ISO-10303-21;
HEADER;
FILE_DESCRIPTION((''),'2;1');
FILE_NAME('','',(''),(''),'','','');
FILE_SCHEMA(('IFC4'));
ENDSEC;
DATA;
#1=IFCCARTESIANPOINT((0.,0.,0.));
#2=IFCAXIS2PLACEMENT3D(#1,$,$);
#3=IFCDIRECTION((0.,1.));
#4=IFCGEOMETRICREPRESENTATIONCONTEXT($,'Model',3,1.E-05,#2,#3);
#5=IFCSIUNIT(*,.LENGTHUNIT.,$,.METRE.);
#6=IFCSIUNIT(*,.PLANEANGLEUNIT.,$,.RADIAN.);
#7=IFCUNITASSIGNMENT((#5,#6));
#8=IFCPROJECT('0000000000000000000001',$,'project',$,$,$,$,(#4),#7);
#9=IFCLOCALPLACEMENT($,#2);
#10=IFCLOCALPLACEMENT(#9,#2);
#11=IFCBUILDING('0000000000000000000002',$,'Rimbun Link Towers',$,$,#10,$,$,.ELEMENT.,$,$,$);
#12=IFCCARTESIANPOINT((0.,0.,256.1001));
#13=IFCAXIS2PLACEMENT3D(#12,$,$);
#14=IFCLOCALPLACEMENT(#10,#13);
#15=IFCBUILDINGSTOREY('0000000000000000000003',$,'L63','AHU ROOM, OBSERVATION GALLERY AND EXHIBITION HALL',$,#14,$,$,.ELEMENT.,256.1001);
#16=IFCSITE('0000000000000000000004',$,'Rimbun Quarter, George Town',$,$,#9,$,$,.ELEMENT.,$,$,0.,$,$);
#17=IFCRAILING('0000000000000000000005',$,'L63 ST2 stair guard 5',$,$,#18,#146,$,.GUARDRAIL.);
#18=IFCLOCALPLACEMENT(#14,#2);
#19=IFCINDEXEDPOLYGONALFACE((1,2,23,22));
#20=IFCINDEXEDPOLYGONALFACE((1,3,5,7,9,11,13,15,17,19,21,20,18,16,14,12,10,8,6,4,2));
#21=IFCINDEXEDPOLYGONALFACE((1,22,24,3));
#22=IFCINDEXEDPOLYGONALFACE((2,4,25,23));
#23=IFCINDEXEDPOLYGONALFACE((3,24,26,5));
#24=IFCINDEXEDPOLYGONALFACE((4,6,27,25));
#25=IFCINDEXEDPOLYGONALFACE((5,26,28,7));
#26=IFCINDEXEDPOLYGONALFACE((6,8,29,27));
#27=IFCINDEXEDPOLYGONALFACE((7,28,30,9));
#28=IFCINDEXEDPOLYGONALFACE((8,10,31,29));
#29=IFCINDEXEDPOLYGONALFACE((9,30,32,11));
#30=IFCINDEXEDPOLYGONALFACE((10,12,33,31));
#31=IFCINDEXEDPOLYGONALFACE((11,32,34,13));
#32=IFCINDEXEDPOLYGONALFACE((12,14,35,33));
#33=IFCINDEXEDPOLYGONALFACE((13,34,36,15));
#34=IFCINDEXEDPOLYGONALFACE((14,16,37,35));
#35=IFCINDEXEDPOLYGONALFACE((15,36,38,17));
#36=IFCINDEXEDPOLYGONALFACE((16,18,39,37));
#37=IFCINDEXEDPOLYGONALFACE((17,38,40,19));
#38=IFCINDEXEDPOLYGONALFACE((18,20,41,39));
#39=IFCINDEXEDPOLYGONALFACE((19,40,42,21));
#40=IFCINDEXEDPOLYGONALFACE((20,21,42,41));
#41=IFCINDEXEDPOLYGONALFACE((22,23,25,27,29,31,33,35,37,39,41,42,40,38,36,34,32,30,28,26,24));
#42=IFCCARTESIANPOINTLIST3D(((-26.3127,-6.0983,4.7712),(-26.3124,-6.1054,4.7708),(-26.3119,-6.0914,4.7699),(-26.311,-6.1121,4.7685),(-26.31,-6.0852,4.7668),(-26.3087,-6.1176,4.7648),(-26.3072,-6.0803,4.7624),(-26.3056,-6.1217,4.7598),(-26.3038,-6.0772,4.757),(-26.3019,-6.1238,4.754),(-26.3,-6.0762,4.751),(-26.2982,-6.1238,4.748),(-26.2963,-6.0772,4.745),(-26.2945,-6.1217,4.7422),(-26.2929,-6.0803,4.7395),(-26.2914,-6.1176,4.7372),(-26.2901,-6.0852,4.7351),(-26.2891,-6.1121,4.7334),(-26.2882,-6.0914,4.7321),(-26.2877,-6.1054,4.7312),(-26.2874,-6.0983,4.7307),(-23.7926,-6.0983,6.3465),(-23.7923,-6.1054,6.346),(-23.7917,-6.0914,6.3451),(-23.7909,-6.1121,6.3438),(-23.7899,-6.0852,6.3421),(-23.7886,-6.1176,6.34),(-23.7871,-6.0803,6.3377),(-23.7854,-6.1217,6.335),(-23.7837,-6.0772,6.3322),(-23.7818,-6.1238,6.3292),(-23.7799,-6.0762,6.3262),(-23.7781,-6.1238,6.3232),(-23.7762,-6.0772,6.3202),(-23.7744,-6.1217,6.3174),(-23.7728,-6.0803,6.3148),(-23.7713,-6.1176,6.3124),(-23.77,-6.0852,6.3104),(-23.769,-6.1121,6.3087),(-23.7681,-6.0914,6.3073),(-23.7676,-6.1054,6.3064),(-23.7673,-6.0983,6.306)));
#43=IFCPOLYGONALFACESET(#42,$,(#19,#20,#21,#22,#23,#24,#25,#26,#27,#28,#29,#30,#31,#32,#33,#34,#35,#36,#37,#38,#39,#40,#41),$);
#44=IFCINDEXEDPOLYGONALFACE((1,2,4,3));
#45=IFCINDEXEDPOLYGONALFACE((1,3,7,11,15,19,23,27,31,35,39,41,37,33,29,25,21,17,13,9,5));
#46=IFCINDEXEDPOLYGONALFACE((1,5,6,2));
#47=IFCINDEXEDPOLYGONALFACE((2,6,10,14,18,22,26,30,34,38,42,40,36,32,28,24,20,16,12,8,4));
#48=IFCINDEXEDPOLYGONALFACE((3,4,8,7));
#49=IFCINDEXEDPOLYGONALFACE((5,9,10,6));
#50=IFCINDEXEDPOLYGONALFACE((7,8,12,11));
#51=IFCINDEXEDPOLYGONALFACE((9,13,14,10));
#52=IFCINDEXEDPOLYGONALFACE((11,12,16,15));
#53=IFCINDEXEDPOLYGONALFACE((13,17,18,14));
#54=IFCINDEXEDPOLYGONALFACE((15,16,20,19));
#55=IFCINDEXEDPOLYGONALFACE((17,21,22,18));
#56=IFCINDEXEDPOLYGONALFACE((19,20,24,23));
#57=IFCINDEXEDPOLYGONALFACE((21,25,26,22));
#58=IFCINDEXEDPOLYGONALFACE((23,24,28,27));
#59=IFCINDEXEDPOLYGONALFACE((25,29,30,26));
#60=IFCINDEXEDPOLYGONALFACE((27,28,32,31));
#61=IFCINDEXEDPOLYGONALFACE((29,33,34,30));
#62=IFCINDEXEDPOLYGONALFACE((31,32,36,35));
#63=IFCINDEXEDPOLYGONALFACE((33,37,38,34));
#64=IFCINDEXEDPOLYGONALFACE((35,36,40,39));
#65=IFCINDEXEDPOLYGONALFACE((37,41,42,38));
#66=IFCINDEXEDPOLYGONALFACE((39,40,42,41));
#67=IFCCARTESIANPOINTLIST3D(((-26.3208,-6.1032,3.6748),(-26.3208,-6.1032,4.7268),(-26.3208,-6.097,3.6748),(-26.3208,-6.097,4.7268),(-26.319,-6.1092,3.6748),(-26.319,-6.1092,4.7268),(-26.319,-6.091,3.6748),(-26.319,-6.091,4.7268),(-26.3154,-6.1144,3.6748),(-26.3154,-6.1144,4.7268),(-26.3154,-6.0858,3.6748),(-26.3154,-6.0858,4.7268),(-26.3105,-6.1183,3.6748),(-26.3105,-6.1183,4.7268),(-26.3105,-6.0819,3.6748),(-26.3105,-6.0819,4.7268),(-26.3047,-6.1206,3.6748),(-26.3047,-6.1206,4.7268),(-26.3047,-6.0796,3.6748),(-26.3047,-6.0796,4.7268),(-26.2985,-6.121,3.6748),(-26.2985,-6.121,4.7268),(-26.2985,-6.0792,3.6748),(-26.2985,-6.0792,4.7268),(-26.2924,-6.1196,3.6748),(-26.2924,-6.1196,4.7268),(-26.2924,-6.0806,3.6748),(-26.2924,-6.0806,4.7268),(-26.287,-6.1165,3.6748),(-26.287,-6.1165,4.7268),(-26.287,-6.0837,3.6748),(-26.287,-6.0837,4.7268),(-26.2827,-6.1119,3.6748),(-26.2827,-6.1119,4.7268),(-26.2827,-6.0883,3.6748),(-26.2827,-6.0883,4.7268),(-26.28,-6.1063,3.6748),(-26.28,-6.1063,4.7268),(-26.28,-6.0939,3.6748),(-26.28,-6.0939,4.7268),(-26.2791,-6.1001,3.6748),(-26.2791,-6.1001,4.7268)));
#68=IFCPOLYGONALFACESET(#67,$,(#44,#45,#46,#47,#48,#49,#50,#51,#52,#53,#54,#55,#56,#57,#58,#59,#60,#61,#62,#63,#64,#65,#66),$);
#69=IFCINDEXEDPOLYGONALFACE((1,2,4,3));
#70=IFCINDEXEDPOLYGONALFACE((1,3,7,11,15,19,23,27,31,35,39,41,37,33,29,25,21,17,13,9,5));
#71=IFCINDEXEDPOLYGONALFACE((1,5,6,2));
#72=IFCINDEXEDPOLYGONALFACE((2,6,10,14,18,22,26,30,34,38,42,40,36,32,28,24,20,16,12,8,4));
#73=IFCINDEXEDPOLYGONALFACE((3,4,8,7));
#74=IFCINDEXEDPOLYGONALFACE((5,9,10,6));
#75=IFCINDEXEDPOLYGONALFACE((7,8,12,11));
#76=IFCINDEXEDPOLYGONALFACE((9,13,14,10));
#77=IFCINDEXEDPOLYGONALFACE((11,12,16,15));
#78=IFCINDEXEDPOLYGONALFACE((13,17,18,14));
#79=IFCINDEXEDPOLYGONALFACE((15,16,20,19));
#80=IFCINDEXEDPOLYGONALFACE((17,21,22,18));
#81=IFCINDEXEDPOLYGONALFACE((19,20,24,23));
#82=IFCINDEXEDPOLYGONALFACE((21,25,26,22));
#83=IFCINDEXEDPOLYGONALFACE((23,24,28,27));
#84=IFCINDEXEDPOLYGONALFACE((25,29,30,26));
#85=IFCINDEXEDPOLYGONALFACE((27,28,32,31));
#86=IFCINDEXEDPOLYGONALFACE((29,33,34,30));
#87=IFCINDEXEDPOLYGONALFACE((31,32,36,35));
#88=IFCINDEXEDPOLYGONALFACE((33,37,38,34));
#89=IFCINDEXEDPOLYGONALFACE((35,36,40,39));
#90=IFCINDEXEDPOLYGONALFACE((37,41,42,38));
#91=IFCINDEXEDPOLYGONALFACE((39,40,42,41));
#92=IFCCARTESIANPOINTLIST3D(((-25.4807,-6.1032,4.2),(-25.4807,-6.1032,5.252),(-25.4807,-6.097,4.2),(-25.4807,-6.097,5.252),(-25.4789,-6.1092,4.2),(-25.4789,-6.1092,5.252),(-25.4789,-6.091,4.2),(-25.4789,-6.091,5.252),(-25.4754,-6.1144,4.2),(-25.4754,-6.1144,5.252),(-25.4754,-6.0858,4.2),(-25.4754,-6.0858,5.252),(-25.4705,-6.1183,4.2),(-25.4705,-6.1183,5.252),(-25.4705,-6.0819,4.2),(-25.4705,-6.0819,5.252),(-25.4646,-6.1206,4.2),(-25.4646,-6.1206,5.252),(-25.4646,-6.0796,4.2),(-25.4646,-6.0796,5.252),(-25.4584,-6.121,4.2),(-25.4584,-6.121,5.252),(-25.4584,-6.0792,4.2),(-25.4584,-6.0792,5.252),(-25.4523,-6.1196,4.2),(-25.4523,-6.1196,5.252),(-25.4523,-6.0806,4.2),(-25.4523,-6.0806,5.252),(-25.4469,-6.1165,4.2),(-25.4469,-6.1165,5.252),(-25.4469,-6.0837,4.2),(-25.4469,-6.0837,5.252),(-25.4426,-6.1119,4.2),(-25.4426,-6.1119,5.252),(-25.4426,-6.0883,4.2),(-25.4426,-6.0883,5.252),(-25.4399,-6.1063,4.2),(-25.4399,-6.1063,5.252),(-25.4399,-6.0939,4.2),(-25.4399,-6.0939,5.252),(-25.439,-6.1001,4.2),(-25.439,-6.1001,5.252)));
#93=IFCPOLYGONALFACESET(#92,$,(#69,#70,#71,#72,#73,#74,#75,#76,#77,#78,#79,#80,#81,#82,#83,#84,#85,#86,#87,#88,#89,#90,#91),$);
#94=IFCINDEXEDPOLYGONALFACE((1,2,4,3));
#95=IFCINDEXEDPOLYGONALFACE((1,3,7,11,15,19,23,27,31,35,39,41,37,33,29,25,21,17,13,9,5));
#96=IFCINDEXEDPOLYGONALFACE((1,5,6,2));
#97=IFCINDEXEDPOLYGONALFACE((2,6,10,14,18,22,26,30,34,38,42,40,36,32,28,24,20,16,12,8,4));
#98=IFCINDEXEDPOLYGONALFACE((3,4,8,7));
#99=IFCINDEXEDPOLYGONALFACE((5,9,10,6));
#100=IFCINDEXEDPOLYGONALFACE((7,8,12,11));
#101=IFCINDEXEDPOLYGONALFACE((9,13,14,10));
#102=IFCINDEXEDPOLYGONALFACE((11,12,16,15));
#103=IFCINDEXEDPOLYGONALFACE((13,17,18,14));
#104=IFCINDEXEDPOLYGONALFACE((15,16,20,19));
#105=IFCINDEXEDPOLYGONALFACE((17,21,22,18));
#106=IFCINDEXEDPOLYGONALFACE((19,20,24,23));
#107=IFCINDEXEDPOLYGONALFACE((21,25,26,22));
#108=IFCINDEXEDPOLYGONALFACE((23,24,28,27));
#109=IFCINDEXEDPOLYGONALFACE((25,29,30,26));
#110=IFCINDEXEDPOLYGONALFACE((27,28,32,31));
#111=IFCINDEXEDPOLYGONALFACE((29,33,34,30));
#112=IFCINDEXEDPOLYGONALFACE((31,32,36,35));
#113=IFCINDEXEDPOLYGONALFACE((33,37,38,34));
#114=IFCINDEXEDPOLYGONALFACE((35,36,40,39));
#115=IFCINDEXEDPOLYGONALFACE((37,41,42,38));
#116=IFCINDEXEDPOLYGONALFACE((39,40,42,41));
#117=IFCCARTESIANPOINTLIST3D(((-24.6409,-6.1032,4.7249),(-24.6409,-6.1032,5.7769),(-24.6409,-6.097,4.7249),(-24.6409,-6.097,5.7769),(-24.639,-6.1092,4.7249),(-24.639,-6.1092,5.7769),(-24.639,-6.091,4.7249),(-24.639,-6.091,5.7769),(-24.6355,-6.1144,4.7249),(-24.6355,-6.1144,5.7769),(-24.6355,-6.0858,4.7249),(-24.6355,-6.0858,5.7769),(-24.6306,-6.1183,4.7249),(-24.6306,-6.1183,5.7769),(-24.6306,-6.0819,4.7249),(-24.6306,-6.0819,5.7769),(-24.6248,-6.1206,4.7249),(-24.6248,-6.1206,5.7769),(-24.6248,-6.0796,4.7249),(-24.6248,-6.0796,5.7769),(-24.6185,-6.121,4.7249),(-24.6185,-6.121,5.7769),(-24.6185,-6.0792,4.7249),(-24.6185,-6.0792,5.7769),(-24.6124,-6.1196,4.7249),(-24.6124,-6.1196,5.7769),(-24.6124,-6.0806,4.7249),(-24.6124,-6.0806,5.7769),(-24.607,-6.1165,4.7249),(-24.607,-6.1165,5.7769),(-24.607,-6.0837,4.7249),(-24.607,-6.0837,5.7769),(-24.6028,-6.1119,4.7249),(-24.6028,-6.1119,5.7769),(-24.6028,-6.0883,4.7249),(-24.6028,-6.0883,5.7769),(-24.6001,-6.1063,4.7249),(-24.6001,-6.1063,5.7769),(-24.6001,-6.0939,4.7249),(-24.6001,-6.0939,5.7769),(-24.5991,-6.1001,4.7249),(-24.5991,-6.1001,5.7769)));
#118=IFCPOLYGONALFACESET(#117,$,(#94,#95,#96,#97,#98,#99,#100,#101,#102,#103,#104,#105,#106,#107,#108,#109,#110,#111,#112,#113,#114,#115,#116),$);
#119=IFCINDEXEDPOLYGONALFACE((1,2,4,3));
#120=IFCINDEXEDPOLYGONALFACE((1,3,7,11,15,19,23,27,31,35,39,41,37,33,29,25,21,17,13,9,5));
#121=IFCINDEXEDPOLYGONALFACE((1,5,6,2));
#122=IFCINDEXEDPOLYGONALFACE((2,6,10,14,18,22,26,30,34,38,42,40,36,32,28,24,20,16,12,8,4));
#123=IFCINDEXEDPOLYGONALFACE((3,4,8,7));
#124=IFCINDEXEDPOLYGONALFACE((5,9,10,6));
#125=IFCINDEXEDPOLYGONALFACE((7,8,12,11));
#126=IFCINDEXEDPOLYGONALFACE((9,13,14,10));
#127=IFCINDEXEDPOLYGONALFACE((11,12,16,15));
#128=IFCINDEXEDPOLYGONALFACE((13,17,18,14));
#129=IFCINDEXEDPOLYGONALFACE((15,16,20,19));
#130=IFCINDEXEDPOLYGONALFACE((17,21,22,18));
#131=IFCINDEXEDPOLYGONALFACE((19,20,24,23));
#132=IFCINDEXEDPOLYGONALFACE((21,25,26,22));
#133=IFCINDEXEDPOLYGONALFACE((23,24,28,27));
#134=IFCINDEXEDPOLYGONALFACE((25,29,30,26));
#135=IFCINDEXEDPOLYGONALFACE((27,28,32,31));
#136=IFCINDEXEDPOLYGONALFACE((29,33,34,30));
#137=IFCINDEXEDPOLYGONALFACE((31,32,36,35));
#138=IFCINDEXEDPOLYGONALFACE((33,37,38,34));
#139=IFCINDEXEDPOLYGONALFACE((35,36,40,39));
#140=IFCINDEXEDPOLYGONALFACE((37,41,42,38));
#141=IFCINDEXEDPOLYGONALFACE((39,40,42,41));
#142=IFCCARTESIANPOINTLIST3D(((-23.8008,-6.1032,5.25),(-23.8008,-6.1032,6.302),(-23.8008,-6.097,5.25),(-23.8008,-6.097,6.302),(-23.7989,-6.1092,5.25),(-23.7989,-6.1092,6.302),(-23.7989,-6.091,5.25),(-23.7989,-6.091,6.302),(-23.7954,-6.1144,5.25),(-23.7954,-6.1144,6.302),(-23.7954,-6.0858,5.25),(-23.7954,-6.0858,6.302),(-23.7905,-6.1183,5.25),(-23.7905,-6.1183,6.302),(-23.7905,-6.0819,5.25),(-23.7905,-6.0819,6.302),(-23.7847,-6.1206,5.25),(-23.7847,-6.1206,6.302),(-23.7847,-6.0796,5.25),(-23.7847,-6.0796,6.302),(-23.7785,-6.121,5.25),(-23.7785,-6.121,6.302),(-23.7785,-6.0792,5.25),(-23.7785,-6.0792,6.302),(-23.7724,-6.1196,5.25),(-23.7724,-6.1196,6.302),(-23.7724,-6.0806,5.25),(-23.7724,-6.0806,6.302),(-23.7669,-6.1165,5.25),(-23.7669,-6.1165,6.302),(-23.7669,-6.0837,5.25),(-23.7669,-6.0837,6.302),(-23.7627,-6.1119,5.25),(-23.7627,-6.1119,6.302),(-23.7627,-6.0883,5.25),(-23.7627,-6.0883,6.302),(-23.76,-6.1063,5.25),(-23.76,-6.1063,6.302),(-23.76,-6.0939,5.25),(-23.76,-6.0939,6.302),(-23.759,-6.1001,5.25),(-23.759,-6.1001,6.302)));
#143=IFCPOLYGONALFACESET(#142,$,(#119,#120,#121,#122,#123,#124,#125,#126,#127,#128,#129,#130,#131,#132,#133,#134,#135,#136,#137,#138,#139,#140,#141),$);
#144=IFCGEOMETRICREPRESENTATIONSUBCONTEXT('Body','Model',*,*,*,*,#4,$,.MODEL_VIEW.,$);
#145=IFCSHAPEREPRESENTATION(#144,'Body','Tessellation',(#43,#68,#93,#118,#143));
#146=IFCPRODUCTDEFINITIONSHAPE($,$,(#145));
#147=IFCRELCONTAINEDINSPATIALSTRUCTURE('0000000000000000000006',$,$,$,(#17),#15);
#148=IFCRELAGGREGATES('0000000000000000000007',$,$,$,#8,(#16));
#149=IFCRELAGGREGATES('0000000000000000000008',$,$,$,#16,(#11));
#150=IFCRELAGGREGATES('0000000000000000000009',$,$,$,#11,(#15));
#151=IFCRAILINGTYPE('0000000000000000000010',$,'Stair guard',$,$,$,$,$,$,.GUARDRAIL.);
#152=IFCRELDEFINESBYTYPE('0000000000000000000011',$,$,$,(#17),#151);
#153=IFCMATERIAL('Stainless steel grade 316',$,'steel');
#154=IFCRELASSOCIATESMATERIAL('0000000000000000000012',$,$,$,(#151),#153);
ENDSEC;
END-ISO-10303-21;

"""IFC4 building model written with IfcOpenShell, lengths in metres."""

from ifc_helpers import new_model, si_unit, direction, frame, origin, origin_2d, place, context, subcontext, project, spatial, circle, extrude, material, type_object, element, save


model = new_model("IFC4")

# Units and contexts
model_context = context("Model", 3, precision=1e-05, world=origin(), true_north=direction((0.0, 1.0)))
body_context = subcontext(model_context, "Body", "Model", "MODEL_VIEW")
ifc_project = project(units=[si_unit("LENGTHUNIT", "METRE"), si_unit("PLANEANGLEUNIT", "RADIAN")], contexts=[model_context])

# Site, building, storey
site_placement = place(None, origin())
site = spatial("IfcSite", under=ifc_project, at=site_placement, Name="Rimbun Quarter, George Town", CompositionType="ELEMENT", RefElevation=0.0)
building_placement = place(site_placement, origin())
building = spatial("IfcBuilding", under=site, at=building_placement, Name="Rimbun Link Towers", CompositionType="ELEMENT")
storey_placement = place(building_placement, frame((0.0, 0.0, 256.1001)))
storey = spatial("IfcBuildingStorey", under=building, at=storey_placement, Name="L63", Description="AHU ROOM, OBSERVATION GALLERY AND EXHIBITION HALL", CompositionType="ELEMENT", Elevation=256.1001)

# Railing
ifc_material_1 = material(Name="Stainless steel grade 316", Category="steel")
railing_type_1 = type_object("IfcRailingType", Name="Stair guard", PredefinedType="GUARDRAIL", material=ifc_material_1)
railing_1_placement = place(storey_placement, frame((-26.3, -6.1001, 3.6748)))
element("IfcRailing", 1, at=railing_1_placement, inside=storey, type_object=railing_type_1, Name="L63 ST2 stair guard 5", PredefinedType="GUARDRAIL", context=body_context, shape_type="SweptSolid", body=[
    extrude(circle(Radius=0.0239, at=origin_2d()), frame((0.0, 0.0, 1.0762), z_axis=(0.847971, 0.0, 0.530043), x_axis=(0.0, 1.0, 0.0)), (0.0, 0.0, 1.0), 2.9719),
    extrude(circle(Radius=0.021, at=origin_2d()), origin(), (0.0, 0.0, 1.0), 1.052),
    extrude(circle(Radius=0.021, at=origin_2d()), frame((0.8401, 0.0, 0.5251)), (0.0, 0.0, 1.0), 1.052),
    extrude(circle(Radius=0.021, at=origin_2d()), frame((1.6799, 0.0, 1.05)), (0.0, 0.0, 1.0), 1.052),
    extrude(circle(Radius=0.021, at=origin_2d()), frame((2.52, 0.0, 1.5752)), (0.0, 0.0, 1.0), 1.052),
])

save(model, "model.ifc")
